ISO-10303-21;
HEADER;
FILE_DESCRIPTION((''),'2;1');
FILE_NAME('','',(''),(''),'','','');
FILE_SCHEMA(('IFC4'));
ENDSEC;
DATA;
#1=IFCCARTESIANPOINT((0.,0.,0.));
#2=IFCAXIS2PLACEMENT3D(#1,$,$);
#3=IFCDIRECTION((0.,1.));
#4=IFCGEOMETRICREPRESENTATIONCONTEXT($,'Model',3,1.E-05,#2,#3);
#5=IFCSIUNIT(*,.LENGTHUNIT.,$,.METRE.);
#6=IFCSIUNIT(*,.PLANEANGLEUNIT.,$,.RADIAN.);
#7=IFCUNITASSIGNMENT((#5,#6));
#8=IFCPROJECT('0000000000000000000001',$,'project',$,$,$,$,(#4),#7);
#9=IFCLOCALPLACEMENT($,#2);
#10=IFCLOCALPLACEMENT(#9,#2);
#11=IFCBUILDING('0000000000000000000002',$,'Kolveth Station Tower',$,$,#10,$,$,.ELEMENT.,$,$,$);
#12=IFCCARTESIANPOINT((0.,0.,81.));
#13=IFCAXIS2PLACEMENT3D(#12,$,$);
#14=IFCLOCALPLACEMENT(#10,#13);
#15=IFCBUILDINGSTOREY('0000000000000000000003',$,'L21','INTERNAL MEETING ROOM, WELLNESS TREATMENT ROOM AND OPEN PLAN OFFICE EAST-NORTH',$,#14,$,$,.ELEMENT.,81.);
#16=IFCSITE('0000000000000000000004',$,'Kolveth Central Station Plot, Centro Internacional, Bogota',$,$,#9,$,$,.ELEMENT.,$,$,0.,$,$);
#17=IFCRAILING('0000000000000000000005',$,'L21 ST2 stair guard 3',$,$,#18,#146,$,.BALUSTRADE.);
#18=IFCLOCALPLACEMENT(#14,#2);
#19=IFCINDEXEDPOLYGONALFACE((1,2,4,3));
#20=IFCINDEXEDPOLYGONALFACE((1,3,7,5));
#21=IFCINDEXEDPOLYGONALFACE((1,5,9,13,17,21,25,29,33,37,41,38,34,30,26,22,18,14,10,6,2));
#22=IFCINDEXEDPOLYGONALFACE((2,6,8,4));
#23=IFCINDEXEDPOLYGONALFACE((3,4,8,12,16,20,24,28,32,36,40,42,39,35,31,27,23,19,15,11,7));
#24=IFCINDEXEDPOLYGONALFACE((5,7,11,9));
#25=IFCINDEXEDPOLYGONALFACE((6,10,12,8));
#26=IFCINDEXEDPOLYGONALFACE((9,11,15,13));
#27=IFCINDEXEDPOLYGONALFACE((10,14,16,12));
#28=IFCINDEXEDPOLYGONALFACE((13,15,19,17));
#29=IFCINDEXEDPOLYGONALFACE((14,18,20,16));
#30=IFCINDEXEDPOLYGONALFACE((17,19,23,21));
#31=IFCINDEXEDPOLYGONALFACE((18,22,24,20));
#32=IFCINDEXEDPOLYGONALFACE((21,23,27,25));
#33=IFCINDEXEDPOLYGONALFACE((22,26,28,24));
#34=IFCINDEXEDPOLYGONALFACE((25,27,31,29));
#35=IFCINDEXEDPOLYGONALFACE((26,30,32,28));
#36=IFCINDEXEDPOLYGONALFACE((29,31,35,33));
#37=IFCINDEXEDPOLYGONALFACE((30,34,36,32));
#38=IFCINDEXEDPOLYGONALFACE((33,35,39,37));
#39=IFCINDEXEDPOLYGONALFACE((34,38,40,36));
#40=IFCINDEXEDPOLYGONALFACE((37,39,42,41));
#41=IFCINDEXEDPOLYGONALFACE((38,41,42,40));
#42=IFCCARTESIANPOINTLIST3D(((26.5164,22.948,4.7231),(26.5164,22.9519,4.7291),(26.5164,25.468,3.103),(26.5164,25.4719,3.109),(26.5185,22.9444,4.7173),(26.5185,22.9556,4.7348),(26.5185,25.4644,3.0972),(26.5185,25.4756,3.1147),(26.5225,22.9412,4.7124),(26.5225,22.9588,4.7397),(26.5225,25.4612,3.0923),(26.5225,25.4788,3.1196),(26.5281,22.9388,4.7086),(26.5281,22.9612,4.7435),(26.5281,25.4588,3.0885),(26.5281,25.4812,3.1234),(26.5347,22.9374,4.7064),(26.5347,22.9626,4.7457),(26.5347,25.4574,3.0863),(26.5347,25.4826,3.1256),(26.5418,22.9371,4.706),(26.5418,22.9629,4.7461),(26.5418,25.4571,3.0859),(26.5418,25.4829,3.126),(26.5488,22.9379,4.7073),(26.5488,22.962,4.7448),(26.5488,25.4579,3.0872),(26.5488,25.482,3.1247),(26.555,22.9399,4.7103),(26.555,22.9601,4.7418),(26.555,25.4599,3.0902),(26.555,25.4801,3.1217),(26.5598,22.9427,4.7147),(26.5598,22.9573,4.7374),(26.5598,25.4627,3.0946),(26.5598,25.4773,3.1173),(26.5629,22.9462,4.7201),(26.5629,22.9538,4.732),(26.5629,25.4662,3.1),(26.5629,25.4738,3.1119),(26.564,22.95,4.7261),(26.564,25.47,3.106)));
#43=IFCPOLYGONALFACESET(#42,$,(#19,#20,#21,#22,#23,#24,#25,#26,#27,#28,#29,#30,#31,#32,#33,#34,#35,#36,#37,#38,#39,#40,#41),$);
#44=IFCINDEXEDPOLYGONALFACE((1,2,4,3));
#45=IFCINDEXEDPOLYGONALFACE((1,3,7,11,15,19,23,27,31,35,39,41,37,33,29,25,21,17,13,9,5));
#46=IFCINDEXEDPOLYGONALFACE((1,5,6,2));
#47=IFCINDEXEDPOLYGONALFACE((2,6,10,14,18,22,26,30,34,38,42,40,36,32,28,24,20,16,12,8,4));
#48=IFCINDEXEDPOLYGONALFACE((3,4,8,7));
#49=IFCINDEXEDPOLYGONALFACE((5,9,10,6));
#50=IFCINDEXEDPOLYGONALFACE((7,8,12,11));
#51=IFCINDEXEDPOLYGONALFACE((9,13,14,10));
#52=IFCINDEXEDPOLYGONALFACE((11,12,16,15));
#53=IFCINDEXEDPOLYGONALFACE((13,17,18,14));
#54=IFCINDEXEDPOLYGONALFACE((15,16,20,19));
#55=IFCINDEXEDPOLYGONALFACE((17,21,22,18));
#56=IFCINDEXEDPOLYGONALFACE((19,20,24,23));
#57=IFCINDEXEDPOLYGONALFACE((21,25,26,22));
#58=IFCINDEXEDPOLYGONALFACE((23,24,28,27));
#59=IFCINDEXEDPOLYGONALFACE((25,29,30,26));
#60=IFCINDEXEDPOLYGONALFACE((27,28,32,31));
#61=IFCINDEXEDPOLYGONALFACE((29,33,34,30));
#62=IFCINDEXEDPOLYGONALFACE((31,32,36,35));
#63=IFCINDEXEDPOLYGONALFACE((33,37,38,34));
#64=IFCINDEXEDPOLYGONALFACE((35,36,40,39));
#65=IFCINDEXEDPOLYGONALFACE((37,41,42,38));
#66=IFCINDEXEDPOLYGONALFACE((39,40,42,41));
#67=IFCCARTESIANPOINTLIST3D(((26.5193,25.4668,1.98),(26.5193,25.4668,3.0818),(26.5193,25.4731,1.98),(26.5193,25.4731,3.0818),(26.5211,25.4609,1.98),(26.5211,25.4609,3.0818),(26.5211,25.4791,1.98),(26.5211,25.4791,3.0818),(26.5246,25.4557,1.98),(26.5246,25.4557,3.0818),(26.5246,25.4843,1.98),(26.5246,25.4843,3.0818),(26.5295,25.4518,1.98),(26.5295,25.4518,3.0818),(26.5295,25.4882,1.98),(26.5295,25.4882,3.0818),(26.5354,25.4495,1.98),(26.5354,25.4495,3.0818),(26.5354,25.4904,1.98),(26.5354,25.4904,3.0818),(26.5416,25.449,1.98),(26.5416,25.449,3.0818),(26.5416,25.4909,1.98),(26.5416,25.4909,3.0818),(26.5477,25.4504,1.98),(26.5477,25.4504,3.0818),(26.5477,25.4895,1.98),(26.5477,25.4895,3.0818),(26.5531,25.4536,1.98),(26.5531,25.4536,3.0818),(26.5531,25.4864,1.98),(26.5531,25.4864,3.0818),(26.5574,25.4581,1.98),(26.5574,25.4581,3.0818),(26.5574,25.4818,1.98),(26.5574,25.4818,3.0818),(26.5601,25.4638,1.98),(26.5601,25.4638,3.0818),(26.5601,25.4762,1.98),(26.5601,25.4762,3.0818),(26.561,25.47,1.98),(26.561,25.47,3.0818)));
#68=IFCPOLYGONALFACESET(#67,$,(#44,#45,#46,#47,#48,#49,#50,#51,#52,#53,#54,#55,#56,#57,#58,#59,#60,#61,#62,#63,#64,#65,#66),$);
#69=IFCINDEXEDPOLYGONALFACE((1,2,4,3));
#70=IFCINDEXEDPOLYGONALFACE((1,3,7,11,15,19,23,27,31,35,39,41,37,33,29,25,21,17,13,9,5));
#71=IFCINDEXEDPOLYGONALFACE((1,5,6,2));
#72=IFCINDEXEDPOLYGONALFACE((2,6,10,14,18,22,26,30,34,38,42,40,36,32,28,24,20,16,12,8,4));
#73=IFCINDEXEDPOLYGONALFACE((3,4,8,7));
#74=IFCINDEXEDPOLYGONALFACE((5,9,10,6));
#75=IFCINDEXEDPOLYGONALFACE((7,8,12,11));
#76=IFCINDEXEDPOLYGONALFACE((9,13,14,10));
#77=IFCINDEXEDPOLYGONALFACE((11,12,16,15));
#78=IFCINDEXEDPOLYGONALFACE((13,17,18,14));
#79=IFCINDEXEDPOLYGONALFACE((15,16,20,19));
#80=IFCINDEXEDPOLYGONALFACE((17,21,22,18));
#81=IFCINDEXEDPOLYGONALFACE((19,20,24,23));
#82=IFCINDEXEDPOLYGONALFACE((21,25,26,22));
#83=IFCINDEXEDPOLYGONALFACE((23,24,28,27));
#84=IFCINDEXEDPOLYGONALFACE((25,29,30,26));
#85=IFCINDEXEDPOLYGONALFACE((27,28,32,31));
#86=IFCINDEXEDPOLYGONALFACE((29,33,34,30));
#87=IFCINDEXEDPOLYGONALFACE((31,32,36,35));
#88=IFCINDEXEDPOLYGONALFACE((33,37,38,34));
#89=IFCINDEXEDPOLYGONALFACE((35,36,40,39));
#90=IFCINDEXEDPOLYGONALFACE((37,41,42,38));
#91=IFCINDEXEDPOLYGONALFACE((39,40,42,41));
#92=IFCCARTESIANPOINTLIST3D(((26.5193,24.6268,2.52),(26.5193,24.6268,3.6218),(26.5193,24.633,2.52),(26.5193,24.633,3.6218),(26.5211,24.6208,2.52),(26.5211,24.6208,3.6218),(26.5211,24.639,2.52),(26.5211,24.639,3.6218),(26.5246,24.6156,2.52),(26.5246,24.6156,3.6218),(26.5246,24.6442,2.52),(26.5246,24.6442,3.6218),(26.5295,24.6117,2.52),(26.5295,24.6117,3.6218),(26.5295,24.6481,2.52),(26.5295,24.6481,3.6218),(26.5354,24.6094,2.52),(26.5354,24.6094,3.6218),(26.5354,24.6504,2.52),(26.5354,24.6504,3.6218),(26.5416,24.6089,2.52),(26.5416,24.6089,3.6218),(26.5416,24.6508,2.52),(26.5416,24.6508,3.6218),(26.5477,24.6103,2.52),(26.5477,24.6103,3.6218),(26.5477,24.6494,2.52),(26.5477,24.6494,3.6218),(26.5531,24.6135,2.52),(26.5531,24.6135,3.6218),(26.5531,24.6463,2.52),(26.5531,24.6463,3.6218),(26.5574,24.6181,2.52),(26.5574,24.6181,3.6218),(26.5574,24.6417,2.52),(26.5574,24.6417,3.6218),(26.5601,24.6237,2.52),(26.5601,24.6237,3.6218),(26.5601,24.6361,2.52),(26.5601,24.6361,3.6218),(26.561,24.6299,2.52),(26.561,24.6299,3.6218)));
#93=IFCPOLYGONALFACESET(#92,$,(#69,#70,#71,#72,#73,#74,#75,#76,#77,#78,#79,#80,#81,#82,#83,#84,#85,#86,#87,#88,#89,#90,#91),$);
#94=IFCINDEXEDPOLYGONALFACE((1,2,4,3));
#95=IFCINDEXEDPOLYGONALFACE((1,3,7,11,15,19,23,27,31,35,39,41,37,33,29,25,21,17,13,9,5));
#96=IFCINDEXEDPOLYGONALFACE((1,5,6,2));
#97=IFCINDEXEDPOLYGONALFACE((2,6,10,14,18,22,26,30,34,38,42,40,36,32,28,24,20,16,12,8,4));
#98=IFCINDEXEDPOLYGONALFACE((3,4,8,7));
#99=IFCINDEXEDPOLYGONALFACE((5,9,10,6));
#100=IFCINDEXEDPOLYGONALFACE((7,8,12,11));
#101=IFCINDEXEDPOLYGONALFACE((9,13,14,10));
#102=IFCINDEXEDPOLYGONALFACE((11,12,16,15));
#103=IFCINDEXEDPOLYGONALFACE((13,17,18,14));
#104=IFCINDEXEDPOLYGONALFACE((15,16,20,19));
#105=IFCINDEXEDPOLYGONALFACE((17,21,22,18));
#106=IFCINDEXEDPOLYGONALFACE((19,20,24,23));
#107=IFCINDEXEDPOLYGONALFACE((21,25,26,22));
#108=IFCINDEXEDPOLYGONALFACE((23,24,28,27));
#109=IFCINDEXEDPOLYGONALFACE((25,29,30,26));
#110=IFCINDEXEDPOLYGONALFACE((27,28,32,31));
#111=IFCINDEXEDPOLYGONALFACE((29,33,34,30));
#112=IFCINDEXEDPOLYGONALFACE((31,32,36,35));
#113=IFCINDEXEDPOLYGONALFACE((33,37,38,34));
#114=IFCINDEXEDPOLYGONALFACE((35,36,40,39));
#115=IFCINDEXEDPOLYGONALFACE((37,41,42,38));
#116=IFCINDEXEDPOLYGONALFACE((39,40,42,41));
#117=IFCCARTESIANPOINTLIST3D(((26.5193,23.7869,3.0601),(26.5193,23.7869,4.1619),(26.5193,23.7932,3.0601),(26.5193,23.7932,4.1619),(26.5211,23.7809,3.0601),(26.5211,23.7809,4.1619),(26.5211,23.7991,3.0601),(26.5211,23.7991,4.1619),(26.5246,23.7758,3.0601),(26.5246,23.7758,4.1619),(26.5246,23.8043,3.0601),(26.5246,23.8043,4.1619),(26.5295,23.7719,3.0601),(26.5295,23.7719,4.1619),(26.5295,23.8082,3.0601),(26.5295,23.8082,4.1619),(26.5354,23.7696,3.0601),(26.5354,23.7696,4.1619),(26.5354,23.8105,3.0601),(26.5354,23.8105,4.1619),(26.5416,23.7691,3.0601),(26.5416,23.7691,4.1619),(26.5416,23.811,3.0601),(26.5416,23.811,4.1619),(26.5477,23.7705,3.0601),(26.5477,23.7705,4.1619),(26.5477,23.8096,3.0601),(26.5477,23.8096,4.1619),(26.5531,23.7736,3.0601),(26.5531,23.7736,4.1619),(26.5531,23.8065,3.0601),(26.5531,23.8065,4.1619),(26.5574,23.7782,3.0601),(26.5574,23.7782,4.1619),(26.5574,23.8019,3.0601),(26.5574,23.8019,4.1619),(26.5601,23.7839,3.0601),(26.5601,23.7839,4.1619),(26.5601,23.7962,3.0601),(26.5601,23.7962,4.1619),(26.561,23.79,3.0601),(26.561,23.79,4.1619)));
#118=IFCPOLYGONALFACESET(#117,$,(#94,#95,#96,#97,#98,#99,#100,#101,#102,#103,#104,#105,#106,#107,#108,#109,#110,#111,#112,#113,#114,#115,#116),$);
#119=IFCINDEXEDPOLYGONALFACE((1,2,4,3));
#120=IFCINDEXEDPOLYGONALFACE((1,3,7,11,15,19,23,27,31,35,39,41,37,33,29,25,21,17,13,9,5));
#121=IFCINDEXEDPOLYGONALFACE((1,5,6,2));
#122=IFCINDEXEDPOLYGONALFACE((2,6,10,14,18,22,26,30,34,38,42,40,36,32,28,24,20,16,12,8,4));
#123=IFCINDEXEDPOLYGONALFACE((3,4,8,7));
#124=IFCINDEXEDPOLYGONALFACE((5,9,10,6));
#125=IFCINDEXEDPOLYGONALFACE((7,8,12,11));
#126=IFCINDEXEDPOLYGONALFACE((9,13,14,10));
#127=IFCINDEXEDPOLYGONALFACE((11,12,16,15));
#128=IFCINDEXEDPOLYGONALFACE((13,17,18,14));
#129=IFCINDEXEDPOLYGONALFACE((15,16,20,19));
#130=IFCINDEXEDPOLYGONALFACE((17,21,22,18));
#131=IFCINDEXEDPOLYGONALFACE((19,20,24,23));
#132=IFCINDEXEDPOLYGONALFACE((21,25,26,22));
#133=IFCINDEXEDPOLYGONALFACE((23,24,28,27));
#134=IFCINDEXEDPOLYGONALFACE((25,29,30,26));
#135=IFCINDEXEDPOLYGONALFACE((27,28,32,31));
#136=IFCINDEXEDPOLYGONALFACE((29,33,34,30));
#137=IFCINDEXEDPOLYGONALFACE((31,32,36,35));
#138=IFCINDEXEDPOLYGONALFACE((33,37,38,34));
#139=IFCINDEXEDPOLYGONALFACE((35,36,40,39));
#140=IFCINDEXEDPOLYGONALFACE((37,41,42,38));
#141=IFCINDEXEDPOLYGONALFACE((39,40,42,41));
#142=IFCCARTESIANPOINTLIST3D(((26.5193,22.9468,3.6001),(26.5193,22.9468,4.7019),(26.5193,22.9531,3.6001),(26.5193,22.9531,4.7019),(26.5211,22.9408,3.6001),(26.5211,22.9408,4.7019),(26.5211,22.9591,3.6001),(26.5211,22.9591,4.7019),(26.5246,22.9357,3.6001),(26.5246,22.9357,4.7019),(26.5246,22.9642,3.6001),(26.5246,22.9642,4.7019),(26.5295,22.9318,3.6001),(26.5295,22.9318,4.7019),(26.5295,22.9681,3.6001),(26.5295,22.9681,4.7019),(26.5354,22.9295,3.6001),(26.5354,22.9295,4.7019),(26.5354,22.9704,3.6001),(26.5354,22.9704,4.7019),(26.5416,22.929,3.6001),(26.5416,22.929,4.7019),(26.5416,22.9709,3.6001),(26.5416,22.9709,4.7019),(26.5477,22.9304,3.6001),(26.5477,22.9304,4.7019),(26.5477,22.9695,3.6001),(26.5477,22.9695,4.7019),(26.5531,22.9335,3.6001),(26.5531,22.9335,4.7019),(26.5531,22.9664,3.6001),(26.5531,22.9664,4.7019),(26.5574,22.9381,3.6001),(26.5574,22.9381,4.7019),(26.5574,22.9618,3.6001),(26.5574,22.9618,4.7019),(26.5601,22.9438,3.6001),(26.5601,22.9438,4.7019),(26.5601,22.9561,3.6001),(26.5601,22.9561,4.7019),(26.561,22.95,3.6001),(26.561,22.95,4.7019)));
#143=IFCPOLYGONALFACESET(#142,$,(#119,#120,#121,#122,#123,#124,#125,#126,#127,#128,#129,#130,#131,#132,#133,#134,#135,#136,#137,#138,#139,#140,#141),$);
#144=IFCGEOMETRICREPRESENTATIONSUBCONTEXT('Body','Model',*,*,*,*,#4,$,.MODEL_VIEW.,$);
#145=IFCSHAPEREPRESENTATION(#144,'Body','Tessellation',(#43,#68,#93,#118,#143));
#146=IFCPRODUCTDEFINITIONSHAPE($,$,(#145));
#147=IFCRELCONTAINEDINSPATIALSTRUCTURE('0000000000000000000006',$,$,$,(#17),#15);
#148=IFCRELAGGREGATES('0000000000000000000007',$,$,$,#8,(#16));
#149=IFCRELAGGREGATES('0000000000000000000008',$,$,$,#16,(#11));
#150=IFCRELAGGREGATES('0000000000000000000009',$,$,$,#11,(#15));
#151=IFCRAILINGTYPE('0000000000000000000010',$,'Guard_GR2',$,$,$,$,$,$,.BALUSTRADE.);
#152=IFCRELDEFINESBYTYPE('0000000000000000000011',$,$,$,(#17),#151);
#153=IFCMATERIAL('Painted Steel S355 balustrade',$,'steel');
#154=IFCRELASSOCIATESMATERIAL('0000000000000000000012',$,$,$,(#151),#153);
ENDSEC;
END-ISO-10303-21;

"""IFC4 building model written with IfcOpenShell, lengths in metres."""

from ifc_helpers import new_model, si_unit, direction, frame, origin, origin_2d, place, context, subcontext, project, spatial, circle, extrude, material, type_object, element, save


model = new_model("IFC4")

# Units and contexts
model_context = context("Model", 3, precision=1e-05, world=origin(), true_north=direction((0.0, 1.0)))
body_context = subcontext(model_context, "Body", "Model", "MODEL_VIEW")
ifc_project = project(units=[si_unit("LENGTHUNIT", "METRE"), si_unit("PLANEANGLEUNIT", "RADIAN")], contexts=[model_context])

# Site, building, storey
site_placement = place(None, origin())
site = spatial("IfcSite", under=ifc_project, at=site_placement, Name="Kolveth Central Station Plot, Centro Internacional, Bogota", CompositionType="ELEMENT", RefElevation=0.0)
building_placement = place(site_placement, origin())
building = spatial("IfcBuilding", under=site, at=building_placement, Name="Kolveth Station Tower", CompositionType="ELEMENT")
storey_placement = place(building_placement, frame((0.0, 0.0, 81.0)))
storey = spatial("IfcBuildingStorey", under=building, at=storey_placement, Name="L21", Description="INTERNAL MEETING ROOM, WELLNESS TREATMENT ROOM AND OPEN PLAN OFFICE EAST-NORTH", CompositionType="ELEMENT", Elevation=81.0)

# Railing
ifc_material_1 = material(Name="Painted Steel S355 balustrade", Category="steel")
railing_type_1 = type_object("IfcRailingType", Name="Guard_GR2", PredefinedType="BALUSTRADE", material=ifc_material_1)
railing_1_placement = place(storey_placement, frame((26.54, 25.47, 1.98)))
element("IfcRailing", 1, at=railing_1_placement, inside=storey, type_object=railing_type_1, Name="L21 ST2 stair guard 3", PredefinedType="BALUSTRADE", context=body_context, shape_type="SweptSolid", body=[
    extrude(circle(Radius=0.0239, at=origin_2d()), frame((0.0, 0.0, 1.126), z_axis=(0.0, -0.841163, 0.540782), x_axis=(1.0, 0.0, 0.0)), (0.0, 0.0, 1.0), 2.9958),
    extrude(circle(Radius=0.021, at=origin_2d()), origin(), (0.0, 0.0, 1.0), 1.1018),
    extrude(circle(Radius=0.021, at=origin_2d()), frame((0.0, -0.8401, 0.54)), (0.0, 0.0, 1.0), 1.1018),
    extrude(circle(Radius=0.021, at=origin_2d()), frame((0.0, -1.6799, 1.0801)), (0.0, 0.0, 1.0), 1.1018),
    extrude(circle(Radius=0.021, at=origin_2d()), frame((0.0, -2.52, 1.6201)), (0.0, 0.0, 1.0), 1.1018),
])

save(model, "model.ifc")
